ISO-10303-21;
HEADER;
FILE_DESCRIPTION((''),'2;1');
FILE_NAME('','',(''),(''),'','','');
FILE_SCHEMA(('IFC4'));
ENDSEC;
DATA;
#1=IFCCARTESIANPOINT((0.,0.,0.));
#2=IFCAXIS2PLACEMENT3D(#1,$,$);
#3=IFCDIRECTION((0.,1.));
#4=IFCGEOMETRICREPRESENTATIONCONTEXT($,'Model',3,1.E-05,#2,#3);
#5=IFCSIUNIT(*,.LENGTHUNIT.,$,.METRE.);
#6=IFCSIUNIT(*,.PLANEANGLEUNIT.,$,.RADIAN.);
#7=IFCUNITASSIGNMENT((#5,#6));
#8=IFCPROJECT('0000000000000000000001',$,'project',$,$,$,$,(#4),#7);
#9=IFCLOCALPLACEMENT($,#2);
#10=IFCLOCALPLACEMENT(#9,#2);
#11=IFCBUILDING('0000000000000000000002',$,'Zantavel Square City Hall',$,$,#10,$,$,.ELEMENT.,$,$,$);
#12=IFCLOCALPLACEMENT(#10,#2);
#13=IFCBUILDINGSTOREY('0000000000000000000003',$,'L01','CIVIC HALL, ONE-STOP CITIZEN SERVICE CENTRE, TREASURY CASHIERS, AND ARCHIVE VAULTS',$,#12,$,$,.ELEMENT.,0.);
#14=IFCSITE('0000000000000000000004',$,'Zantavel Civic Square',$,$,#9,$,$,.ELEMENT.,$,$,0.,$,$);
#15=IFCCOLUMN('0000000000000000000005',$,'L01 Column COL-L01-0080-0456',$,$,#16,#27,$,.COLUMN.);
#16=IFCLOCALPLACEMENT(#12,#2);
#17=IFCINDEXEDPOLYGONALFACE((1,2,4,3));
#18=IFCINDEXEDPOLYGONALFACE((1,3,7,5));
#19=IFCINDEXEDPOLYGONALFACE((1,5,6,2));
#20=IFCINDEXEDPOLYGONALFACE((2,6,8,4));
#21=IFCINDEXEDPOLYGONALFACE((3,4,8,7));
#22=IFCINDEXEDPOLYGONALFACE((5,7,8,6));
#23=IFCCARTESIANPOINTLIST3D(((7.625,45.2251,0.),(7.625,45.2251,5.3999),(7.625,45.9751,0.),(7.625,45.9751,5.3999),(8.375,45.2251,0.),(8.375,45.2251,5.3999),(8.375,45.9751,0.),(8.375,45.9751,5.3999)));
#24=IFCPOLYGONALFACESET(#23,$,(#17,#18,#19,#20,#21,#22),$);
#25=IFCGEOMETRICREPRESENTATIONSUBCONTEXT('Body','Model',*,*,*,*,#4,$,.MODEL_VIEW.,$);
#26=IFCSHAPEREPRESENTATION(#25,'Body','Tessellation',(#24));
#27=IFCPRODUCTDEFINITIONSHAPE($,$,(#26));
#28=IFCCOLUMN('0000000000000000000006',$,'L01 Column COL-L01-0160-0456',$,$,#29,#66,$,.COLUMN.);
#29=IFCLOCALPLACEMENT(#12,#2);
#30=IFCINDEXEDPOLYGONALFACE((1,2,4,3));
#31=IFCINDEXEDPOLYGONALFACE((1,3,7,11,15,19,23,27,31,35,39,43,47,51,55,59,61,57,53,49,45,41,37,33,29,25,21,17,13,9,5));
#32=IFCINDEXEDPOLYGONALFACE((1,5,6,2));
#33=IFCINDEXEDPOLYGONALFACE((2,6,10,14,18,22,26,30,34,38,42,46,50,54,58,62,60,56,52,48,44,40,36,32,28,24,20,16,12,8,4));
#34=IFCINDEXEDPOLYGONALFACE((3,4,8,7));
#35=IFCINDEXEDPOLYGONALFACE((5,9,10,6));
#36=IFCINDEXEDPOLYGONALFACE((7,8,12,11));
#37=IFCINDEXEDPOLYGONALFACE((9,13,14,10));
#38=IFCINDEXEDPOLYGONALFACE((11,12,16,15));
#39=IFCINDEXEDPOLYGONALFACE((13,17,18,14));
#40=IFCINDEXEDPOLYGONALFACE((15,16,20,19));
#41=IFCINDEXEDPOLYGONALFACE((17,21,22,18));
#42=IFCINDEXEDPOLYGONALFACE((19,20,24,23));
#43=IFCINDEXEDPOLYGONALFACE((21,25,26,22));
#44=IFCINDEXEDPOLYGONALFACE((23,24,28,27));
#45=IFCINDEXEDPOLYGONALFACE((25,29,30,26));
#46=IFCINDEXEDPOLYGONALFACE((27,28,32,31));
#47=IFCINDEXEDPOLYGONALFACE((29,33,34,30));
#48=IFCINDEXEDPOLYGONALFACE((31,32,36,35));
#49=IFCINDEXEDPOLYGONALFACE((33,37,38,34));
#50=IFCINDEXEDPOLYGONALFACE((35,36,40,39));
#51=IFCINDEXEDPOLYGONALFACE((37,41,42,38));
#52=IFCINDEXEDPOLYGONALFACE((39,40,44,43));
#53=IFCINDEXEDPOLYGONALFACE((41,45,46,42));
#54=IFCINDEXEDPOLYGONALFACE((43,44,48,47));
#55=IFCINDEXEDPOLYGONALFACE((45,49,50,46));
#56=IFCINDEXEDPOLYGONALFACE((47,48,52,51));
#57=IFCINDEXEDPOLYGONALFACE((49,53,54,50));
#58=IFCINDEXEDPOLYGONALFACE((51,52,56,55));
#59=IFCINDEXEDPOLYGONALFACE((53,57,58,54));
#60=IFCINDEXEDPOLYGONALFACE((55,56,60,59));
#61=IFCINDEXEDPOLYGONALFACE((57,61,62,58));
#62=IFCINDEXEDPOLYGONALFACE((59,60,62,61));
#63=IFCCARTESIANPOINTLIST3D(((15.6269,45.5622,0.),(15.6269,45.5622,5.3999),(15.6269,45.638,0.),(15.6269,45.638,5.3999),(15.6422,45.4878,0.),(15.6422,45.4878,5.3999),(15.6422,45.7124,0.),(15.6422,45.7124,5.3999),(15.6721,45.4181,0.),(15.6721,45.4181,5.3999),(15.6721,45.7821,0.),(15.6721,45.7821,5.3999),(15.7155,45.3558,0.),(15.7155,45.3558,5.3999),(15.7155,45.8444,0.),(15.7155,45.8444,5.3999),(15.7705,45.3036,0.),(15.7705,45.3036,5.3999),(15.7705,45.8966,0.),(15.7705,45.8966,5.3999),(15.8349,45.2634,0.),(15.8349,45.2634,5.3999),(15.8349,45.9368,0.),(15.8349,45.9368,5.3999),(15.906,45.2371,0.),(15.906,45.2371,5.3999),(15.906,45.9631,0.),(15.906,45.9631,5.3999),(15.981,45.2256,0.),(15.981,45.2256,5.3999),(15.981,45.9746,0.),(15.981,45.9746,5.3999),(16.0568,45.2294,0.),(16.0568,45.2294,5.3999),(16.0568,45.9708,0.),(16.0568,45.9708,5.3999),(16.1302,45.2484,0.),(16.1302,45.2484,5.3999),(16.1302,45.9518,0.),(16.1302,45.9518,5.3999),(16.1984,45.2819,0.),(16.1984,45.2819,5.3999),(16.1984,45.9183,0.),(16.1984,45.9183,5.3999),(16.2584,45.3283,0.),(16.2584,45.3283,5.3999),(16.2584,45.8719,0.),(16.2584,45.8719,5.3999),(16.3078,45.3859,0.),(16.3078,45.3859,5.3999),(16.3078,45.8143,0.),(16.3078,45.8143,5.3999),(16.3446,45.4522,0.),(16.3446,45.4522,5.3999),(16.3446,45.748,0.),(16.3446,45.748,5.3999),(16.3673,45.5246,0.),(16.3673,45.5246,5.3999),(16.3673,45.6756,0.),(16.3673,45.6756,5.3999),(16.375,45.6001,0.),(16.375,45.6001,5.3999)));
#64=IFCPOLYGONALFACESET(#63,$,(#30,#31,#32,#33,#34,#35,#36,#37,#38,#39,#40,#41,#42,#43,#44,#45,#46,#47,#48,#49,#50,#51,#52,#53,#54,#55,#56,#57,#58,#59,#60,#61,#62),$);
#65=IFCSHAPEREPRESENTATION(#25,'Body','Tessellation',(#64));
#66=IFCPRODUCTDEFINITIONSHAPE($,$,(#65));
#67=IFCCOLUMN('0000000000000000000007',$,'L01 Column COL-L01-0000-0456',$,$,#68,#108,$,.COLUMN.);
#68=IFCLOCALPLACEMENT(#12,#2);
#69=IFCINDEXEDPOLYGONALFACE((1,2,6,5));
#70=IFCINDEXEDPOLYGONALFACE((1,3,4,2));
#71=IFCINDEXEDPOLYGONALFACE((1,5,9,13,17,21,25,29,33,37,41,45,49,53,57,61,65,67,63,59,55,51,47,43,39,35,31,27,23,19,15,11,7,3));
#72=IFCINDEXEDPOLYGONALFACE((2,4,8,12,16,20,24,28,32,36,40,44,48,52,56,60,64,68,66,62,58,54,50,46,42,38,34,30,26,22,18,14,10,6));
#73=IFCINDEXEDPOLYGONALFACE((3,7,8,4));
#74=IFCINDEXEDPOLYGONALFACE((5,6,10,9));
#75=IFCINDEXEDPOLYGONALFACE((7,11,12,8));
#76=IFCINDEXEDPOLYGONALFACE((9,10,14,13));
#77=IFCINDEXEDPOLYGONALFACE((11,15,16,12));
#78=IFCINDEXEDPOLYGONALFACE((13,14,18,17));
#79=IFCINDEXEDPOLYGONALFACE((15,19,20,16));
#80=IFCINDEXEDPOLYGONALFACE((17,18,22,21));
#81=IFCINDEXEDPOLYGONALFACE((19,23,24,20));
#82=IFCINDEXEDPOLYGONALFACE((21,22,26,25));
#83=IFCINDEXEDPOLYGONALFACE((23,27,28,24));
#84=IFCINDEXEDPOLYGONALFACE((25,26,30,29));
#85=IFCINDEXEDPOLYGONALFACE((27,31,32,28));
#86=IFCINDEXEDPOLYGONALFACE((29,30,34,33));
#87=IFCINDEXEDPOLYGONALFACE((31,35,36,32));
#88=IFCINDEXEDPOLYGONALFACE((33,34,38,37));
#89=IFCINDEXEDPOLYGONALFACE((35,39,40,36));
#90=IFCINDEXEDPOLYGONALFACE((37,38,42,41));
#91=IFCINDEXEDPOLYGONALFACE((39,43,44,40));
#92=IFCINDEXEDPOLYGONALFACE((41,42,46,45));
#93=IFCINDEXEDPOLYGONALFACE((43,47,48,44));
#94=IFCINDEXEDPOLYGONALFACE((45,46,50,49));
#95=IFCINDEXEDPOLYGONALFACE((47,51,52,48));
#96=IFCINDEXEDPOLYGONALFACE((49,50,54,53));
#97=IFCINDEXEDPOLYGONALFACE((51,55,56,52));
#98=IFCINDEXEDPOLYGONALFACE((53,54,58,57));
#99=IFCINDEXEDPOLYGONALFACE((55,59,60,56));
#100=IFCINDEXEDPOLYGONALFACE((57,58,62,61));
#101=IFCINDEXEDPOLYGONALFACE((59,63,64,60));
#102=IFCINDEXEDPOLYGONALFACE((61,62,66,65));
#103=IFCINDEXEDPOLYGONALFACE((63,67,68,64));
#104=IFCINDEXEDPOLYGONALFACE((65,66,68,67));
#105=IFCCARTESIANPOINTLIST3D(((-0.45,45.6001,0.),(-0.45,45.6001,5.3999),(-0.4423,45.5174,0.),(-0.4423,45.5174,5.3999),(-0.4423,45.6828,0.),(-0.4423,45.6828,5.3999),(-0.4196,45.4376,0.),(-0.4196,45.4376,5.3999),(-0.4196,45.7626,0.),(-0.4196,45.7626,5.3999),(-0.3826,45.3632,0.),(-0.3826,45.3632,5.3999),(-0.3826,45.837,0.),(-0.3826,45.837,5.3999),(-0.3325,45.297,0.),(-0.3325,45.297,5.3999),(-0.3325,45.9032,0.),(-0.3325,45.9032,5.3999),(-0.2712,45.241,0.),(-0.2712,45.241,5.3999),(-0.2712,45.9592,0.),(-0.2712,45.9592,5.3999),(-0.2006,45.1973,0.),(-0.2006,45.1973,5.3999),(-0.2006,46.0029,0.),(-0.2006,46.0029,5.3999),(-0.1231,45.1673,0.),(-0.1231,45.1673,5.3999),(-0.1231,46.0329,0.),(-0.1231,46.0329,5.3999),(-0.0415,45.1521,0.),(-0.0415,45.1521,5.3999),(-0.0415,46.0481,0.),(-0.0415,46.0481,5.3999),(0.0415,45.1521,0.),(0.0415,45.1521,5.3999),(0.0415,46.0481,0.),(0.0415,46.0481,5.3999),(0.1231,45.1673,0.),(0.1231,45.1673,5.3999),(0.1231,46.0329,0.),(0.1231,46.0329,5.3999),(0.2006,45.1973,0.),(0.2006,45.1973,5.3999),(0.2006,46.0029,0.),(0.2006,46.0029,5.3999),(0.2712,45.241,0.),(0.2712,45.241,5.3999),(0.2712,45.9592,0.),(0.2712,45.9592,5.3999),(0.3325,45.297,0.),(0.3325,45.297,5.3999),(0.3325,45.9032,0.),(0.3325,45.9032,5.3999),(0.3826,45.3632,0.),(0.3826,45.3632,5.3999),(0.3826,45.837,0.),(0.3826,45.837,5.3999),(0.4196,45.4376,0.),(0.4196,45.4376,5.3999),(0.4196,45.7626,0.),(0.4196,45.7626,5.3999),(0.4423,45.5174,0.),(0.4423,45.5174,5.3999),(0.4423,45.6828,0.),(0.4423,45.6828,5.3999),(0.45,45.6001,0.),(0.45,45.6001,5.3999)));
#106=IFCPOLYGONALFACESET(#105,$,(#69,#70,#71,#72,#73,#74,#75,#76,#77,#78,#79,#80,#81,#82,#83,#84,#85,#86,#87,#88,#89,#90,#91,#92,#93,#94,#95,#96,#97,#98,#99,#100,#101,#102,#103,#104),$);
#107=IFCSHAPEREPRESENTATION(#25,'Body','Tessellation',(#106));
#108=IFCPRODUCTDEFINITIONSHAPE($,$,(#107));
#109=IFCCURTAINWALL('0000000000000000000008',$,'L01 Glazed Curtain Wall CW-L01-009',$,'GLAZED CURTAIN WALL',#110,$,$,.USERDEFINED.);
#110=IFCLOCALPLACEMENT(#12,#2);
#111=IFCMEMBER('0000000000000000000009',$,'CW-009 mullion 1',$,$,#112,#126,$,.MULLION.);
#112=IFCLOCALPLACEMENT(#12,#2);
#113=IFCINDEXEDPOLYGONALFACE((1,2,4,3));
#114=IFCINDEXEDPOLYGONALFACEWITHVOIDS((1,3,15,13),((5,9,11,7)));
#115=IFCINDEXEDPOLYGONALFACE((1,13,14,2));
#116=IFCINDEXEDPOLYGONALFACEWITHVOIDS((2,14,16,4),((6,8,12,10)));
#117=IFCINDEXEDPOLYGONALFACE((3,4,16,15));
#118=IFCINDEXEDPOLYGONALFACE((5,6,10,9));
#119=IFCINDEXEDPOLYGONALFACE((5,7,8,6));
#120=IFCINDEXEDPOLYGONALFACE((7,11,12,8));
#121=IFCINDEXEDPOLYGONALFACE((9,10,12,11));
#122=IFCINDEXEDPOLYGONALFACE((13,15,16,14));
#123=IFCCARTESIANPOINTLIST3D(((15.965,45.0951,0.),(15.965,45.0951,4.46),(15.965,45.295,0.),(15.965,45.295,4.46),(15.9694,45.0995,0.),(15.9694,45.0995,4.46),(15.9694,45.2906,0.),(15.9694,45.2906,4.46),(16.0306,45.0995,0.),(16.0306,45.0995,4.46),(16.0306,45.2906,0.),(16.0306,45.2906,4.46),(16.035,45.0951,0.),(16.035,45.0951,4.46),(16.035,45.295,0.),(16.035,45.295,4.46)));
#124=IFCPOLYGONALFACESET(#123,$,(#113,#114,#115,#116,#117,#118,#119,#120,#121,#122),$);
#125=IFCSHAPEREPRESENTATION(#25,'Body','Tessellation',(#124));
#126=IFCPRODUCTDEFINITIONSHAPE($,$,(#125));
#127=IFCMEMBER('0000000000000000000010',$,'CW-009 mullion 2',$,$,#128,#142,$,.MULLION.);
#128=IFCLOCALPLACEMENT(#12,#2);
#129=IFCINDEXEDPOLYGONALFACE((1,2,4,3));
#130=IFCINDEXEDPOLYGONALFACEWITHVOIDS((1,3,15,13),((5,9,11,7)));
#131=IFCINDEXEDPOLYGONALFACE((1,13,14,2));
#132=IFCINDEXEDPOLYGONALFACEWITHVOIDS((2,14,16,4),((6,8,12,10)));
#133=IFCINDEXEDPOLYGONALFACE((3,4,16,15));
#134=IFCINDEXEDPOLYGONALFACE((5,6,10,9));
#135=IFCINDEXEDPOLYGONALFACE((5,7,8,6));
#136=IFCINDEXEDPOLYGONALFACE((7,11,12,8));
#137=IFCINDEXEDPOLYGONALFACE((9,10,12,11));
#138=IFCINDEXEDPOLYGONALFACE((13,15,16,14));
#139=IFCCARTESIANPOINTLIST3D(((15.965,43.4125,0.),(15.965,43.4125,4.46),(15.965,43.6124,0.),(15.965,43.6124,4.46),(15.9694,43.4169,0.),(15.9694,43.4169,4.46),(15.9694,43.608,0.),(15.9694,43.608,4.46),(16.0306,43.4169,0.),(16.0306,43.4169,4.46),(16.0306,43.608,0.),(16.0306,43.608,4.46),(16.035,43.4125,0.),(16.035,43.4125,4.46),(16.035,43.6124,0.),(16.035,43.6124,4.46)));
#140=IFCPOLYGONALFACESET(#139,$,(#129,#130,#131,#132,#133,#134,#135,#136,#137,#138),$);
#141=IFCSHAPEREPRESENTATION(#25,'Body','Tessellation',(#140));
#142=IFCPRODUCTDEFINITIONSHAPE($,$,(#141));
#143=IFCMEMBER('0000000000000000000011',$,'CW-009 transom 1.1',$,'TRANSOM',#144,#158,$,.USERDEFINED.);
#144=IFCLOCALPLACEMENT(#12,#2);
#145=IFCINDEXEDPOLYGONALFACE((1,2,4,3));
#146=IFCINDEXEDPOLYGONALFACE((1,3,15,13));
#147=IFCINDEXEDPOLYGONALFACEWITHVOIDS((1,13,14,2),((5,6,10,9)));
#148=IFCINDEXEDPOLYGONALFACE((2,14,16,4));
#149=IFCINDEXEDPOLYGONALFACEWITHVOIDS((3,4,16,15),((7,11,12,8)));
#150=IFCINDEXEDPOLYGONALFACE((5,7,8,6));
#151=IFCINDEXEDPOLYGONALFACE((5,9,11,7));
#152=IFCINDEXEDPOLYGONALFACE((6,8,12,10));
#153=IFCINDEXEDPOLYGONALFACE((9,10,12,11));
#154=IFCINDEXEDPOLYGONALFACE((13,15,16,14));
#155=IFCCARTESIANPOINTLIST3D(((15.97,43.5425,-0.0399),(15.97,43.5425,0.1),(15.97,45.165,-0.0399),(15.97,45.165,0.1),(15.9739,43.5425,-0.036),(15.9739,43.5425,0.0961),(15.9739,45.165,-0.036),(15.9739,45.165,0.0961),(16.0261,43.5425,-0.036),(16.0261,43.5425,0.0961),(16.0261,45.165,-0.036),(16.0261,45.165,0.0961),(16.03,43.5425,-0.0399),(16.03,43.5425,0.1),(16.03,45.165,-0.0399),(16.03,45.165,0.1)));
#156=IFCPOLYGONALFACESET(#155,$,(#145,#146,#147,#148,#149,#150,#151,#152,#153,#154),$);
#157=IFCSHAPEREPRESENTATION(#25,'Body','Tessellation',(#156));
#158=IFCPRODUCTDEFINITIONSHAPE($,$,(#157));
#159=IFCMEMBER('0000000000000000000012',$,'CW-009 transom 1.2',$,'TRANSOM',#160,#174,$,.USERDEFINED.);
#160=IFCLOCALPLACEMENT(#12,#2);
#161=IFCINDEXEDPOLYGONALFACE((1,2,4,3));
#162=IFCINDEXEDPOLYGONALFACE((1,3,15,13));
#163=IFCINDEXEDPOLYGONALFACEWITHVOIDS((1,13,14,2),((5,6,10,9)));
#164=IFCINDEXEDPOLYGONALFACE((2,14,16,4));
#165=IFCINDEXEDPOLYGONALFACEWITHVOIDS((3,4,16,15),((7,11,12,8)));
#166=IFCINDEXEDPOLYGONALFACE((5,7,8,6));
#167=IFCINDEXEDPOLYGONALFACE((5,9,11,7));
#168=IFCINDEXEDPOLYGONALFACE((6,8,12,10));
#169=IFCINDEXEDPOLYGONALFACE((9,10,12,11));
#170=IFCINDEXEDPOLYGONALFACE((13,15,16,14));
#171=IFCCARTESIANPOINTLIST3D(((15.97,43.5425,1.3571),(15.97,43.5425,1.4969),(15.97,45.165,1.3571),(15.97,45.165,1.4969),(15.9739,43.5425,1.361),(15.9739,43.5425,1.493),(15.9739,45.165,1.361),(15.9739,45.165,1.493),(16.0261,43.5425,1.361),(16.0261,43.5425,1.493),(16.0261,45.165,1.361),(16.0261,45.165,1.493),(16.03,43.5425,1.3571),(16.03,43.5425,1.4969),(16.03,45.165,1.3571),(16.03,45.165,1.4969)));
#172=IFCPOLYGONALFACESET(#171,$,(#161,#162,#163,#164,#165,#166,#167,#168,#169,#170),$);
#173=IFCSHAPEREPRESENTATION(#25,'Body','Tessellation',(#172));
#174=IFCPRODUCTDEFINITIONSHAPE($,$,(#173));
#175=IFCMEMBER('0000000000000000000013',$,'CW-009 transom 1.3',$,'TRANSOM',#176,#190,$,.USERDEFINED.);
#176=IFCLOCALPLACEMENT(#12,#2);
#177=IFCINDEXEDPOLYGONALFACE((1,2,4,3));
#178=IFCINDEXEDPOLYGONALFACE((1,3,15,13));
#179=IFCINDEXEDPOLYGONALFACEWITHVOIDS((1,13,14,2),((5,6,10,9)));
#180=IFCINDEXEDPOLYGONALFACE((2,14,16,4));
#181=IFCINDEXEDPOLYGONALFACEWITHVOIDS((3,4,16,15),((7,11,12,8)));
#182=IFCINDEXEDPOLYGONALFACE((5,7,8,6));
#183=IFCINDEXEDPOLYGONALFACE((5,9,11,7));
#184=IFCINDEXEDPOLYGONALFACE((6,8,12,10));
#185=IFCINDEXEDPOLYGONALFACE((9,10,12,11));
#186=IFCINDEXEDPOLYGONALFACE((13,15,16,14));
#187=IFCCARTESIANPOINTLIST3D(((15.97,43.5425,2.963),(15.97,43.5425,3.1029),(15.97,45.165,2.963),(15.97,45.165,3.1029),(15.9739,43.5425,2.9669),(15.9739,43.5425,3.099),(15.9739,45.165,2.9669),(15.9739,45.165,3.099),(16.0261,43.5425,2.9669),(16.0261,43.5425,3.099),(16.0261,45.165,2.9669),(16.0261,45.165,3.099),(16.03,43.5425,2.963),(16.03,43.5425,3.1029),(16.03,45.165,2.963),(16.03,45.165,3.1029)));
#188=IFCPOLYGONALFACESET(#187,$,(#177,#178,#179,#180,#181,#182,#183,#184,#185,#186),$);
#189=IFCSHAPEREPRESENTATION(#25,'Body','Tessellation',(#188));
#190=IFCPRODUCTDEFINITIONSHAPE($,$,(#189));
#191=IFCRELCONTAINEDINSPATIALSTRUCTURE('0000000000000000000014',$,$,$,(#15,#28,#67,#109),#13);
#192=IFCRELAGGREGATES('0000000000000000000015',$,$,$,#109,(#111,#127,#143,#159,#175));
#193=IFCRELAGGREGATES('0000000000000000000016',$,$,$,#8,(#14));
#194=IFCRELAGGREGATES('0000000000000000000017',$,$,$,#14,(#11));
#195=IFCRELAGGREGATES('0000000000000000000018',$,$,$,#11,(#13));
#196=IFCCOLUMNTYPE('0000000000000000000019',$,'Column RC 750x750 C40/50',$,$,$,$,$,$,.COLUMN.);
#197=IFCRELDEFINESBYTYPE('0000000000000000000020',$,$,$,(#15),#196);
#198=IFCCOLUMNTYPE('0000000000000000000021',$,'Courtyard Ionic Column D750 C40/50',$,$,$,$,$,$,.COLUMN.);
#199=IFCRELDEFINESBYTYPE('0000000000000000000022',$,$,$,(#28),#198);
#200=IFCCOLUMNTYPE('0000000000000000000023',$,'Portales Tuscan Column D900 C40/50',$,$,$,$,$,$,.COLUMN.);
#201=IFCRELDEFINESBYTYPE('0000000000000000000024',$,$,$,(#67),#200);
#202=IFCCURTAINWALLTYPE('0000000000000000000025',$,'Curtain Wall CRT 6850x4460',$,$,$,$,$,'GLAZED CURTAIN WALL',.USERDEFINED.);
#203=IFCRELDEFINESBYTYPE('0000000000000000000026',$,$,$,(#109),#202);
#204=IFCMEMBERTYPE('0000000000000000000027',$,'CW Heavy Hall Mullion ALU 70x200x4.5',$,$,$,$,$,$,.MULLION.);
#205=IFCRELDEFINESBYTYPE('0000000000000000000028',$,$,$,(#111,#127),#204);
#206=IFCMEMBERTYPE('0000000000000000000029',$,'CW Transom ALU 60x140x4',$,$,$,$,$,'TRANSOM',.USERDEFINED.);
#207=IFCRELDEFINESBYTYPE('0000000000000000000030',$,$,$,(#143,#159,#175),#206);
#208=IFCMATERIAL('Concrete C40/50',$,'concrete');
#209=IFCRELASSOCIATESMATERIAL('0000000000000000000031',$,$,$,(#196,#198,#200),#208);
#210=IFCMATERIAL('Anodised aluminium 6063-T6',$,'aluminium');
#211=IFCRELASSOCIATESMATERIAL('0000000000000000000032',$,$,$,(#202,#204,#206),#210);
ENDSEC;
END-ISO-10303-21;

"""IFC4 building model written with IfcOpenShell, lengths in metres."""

from ifc_helpers import new_model, si_unit, direction, frame, origin, origin_2d, place, context, subcontext, project, spatial, rectangle, hollow_rectangle, circle, extrude, material, material_profile, profile_set, type_object, element, aggregate, save


model = new_model("IFC4")

# Units and contexts
model_context = context("Model", 3, precision=1e-05, world=origin(), true_north=direction((0.0, 1.0)))
body_context = subcontext(model_context, "Body", "Model", "MODEL_VIEW")
ifc_project = project(units=[si_unit("LENGTHUNIT", "METRE"), si_unit("PLANEANGLEUNIT", "RADIAN")], contexts=[model_context])

# Site, building, storey
site_placement = place(None, origin())
site = spatial("IfcSite", under=ifc_project, at=site_placement, Name="Zantavel Civic Square", CompositionType="ELEMENT", RefElevation=0.0)
building_placement = place(site_placement, origin())
building = spatial("IfcBuilding", under=site, at=building_placement, Name="Zantavel Square City Hall", CompositionType="ELEMENT")
storey_placement = place(building_placement, origin())
storey = spatial("IfcBuildingStorey", under=building, at=storey_placement, Name="L01", Description="CIVIC HALL, ONE-STOP CITIZEN SERVICE CENTRE, TREASURY CASHIERS, AND ARCHIVE VAULTS", CompositionType="ELEMENT", Elevation=0.0)

# Columns
ifc_material_1 = material(Name="Concrete C40/50", Category="concrete")
ifc_material_profile_1 = material_profile(ifc_material_1, rectangle(XDim=0.75, YDim=0.75, at=origin_2d()), Name="RC 750x750")
ifc_profile_set_1 = profile_set([ifc_material_profile_1], Name="Concrete C40/50")
column_type_1 = type_object("IfcColumnType", Name="Column RC 750x750 C40/50", PredefinedType="COLUMN", material=ifc_profile_set_1)
column_1_placement = place(storey_placement, frame((8.0, 45.6001, 0.0), z_axis=(0.0, 0.0, 1.0), x_axis=(1.0, 0.0, 0.0)))
element("IfcColumn", 1, at=column_1_placement, inside=storey, type_object=column_type_1, Name="L01 Column COL-L01-0080-0456", PredefinedType="COLUMN", context=body_context, shape_type="SweptSolid", body=[
    extrude(rectangle(XDim=0.75, YDim=0.75, at=origin_2d()), origin(), (0.0, 0.0, 1.0), 5.3999),
])
ifc_material_profile_2 = material_profile(ifc_material_1, circle(Radius=0.375, at=origin_2d()), Name="ROUND D750")
ifc_profile_set_2 = profile_set([ifc_material_profile_2], Name="Concrete C40/50")
column_type_2 = type_object("IfcColumnType", Name="Courtyard Ionic Column D750 C40/50", PredefinedType="COLUMN", material=ifc_profile_set_2)
column_2_placement = place(storey_placement, frame((16.0, 45.6001, 0.0), z_axis=(0.0, 0.0, 1.0), x_axis=(1.0, 0.0, 0.0)))
element("IfcColumn", 2, at=column_2_placement, inside=storey, type_object=column_type_2, Name="L01 Column COL-L01-0160-0456", PredefinedType="COLUMN", context=body_context, shape_type="SweptSolid", body=[
    extrude(circle(Radius=0.375, at=origin_2d()), origin(), (0.0, 0.0, 1.0), 5.3999),
])
ifc_material_profile_3 = material_profile(ifc_material_1, circle(Radius=0.45, at=origin_2d()), Name="ROUND D900")
ifc_profile_set_3 = profile_set([ifc_material_profile_3], Name="Concrete C40/50")
column_type_3 = type_object("IfcColumnType", Name="Portales Tuscan Column D900 C40/50", PredefinedType="COLUMN", material=ifc_profile_set_3)
column_3_placement = place(storey_placement, frame((0.0, 45.6001, 0.0), z_axis=(0.0, 0.0, 1.0), x_axis=(1.0, 0.0, 0.0)))
element("IfcColumn", 3, at=column_3_placement, inside=storey, type_object=column_type_3, Name="L01 Column COL-L01-0000-0456", PredefinedType="COLUMN", context=body_context, shape_type="SweptSolid", body=[
    extrude(circle(Radius=0.45, at=origin_2d()), origin(), (0.0, 0.0, 1.0), 5.3999),
])

# Curtain wall, members
ifc_material_2 = material(Name="Anodised aluminium 6063-T6", Category="aluminium")
curtain_wall_type = type_object("IfcCurtainWallType", Name="Curtain Wall CRT 6850x4460", ElementType="GLAZED CURTAIN WALL", PredefinedType="USERDEFINED", material=ifc_material_2)
curtain_wall_placement = place(storey_placement, origin())
curtain_wall = element("IfcCurtainWall", 4, at=curtain_wall_placement, inside=storey, type_object=curtain_wall_type, Name="L01 Glazed Curtain Wall CW-L01-009", ObjectType="GLAZED CURTAIN WALL", PredefinedType="USERDEFINED")
ifc_material_profile_4 = material_profile(ifc_material_2, hollow_rectangle(XDim=0.0701, YDim=0.2, WallThickness=0.0044, at=origin_2d()), Name="ALU 70x200x4.5")
ifc_profile_set_4 = profile_set([ifc_material_profile_4], Name="Anodised aluminium 6063-T6")
member_type_1 = type_object("IfcMemberType", Name="CW Heavy Hall Mullion ALU 70x200x4.5", PredefinedType="MULLION", material=ifc_profile_set_4)
member_1_placement = place(storey_placement, frame((16.0, 45.1951, 0.0), z_axis=(0.0, 0.0, 1.0), x_axis=(1.0, 0.0, 0.0)))
member_1 = element("IfcMember", 5, at=member_1_placement, type_object=member_type_1, Name="CW-009 mullion 1", PredefinedType="MULLION", context=body_context, shape_type="SweptSolid", body=[
    extrude(hollow_rectangle(XDim=0.0701, YDim=0.2, WallThickness=0.0044, at=origin_2d()), origin(), (0.0, 0.0, 1.0), 4.46),
])
member_2_placement = place(storey_placement, frame((16.0, 43.5125, 0.0), z_axis=(0.0, 0.0, 1.0), x_axis=(1.0, 0.0, 0.0)))
member_2 = element("IfcMember", 6, at=member_2_placement, type_object=member_type_1, Name="CW-009 mullion 2", PredefinedType="MULLION", context=body_context, shape_type="SweptSolid", body=[
    extrude(hollow_rectangle(XDim=0.0701, YDim=0.2, WallThickness=0.0044, at=origin_2d()), origin(), (0.0, 0.0, 1.0), 4.46),
])
ifc_material_profile_5 = material_profile(ifc_material_2, hollow_rectangle(XDim=0.0601, YDim=0.1399, WallThickness=0.0039, at=origin_2d()), Name="ALU 60x140x4")
ifc_profile_set_5 = profile_set([ifc_material_profile_5], Name="Anodised aluminium 6063-T6")
member_type_2 = type_object("IfcMemberType", Name="CW Transom ALU 60x140x4", ElementType="TRANSOM", PredefinedType="USERDEFINED", material=ifc_profile_set_5)
member_3_placement = place(storey_placement, frame((16.0, 45.165, 0.03), z_axis=(0.0, -1.0, 0.0), x_axis=(1.0, 0.0, 0.0)))
member_3 = element("IfcMember", 7, at=member_3_placement, type_object=member_type_2, Name="CW-009 transom 1.1", ObjectType="TRANSOM", PredefinedType="USERDEFINED", context=body_context, shape_type="SweptSolid", body=[
    extrude(hollow_rectangle(XDim=0.0601, YDim=0.1399, WallThickness=0.0039, at=origin_2d()), origin(), (0.0, 0.0, 1.0), 1.6226),
])
member_4_placement = place(storey_placement, frame((16.0, 45.165, 1.427), z_axis=(0.0, -1.0, 0.0), x_axis=(1.0, 0.0, 0.0)))
member_4 = element("IfcMember", 8, at=member_4_placement, type_object=member_type_2, Name="CW-009 transom 1.2", ObjectType="TRANSOM", PredefinedType="USERDEFINED", context=body_context, shape_type="SweptSolid", body=[
    extrude(hollow_rectangle(XDim=0.0601, YDim=0.1399, WallThickness=0.0039, at=origin_2d()), origin(), (0.0, 0.0, 1.0), 1.6226),
])
member_5_placement = place(storey_placement, frame((16.0, 45.165, 3.033), z_axis=(0.0, -1.0, 0.0), x_axis=(1.0, 0.0, 0.0)))
member_5 = element("IfcMember", 9, at=member_5_placement, type_object=member_type_2, Name="CW-009 transom 1.3", ObjectType="TRANSOM", PredefinedType="USERDEFINED", context=body_context, shape_type="SweptSolid", body=[
    extrude(hollow_rectangle(XDim=0.0601, YDim=0.1399, WallThickness=0.0039, at=origin_2d()), origin(), (0.0, 0.0, 1.0), 1.6226),
])

aggregate(curtain_wall, [member_1, member_2, member_3, member_4, member_5])

save(model, "model.ifc")
